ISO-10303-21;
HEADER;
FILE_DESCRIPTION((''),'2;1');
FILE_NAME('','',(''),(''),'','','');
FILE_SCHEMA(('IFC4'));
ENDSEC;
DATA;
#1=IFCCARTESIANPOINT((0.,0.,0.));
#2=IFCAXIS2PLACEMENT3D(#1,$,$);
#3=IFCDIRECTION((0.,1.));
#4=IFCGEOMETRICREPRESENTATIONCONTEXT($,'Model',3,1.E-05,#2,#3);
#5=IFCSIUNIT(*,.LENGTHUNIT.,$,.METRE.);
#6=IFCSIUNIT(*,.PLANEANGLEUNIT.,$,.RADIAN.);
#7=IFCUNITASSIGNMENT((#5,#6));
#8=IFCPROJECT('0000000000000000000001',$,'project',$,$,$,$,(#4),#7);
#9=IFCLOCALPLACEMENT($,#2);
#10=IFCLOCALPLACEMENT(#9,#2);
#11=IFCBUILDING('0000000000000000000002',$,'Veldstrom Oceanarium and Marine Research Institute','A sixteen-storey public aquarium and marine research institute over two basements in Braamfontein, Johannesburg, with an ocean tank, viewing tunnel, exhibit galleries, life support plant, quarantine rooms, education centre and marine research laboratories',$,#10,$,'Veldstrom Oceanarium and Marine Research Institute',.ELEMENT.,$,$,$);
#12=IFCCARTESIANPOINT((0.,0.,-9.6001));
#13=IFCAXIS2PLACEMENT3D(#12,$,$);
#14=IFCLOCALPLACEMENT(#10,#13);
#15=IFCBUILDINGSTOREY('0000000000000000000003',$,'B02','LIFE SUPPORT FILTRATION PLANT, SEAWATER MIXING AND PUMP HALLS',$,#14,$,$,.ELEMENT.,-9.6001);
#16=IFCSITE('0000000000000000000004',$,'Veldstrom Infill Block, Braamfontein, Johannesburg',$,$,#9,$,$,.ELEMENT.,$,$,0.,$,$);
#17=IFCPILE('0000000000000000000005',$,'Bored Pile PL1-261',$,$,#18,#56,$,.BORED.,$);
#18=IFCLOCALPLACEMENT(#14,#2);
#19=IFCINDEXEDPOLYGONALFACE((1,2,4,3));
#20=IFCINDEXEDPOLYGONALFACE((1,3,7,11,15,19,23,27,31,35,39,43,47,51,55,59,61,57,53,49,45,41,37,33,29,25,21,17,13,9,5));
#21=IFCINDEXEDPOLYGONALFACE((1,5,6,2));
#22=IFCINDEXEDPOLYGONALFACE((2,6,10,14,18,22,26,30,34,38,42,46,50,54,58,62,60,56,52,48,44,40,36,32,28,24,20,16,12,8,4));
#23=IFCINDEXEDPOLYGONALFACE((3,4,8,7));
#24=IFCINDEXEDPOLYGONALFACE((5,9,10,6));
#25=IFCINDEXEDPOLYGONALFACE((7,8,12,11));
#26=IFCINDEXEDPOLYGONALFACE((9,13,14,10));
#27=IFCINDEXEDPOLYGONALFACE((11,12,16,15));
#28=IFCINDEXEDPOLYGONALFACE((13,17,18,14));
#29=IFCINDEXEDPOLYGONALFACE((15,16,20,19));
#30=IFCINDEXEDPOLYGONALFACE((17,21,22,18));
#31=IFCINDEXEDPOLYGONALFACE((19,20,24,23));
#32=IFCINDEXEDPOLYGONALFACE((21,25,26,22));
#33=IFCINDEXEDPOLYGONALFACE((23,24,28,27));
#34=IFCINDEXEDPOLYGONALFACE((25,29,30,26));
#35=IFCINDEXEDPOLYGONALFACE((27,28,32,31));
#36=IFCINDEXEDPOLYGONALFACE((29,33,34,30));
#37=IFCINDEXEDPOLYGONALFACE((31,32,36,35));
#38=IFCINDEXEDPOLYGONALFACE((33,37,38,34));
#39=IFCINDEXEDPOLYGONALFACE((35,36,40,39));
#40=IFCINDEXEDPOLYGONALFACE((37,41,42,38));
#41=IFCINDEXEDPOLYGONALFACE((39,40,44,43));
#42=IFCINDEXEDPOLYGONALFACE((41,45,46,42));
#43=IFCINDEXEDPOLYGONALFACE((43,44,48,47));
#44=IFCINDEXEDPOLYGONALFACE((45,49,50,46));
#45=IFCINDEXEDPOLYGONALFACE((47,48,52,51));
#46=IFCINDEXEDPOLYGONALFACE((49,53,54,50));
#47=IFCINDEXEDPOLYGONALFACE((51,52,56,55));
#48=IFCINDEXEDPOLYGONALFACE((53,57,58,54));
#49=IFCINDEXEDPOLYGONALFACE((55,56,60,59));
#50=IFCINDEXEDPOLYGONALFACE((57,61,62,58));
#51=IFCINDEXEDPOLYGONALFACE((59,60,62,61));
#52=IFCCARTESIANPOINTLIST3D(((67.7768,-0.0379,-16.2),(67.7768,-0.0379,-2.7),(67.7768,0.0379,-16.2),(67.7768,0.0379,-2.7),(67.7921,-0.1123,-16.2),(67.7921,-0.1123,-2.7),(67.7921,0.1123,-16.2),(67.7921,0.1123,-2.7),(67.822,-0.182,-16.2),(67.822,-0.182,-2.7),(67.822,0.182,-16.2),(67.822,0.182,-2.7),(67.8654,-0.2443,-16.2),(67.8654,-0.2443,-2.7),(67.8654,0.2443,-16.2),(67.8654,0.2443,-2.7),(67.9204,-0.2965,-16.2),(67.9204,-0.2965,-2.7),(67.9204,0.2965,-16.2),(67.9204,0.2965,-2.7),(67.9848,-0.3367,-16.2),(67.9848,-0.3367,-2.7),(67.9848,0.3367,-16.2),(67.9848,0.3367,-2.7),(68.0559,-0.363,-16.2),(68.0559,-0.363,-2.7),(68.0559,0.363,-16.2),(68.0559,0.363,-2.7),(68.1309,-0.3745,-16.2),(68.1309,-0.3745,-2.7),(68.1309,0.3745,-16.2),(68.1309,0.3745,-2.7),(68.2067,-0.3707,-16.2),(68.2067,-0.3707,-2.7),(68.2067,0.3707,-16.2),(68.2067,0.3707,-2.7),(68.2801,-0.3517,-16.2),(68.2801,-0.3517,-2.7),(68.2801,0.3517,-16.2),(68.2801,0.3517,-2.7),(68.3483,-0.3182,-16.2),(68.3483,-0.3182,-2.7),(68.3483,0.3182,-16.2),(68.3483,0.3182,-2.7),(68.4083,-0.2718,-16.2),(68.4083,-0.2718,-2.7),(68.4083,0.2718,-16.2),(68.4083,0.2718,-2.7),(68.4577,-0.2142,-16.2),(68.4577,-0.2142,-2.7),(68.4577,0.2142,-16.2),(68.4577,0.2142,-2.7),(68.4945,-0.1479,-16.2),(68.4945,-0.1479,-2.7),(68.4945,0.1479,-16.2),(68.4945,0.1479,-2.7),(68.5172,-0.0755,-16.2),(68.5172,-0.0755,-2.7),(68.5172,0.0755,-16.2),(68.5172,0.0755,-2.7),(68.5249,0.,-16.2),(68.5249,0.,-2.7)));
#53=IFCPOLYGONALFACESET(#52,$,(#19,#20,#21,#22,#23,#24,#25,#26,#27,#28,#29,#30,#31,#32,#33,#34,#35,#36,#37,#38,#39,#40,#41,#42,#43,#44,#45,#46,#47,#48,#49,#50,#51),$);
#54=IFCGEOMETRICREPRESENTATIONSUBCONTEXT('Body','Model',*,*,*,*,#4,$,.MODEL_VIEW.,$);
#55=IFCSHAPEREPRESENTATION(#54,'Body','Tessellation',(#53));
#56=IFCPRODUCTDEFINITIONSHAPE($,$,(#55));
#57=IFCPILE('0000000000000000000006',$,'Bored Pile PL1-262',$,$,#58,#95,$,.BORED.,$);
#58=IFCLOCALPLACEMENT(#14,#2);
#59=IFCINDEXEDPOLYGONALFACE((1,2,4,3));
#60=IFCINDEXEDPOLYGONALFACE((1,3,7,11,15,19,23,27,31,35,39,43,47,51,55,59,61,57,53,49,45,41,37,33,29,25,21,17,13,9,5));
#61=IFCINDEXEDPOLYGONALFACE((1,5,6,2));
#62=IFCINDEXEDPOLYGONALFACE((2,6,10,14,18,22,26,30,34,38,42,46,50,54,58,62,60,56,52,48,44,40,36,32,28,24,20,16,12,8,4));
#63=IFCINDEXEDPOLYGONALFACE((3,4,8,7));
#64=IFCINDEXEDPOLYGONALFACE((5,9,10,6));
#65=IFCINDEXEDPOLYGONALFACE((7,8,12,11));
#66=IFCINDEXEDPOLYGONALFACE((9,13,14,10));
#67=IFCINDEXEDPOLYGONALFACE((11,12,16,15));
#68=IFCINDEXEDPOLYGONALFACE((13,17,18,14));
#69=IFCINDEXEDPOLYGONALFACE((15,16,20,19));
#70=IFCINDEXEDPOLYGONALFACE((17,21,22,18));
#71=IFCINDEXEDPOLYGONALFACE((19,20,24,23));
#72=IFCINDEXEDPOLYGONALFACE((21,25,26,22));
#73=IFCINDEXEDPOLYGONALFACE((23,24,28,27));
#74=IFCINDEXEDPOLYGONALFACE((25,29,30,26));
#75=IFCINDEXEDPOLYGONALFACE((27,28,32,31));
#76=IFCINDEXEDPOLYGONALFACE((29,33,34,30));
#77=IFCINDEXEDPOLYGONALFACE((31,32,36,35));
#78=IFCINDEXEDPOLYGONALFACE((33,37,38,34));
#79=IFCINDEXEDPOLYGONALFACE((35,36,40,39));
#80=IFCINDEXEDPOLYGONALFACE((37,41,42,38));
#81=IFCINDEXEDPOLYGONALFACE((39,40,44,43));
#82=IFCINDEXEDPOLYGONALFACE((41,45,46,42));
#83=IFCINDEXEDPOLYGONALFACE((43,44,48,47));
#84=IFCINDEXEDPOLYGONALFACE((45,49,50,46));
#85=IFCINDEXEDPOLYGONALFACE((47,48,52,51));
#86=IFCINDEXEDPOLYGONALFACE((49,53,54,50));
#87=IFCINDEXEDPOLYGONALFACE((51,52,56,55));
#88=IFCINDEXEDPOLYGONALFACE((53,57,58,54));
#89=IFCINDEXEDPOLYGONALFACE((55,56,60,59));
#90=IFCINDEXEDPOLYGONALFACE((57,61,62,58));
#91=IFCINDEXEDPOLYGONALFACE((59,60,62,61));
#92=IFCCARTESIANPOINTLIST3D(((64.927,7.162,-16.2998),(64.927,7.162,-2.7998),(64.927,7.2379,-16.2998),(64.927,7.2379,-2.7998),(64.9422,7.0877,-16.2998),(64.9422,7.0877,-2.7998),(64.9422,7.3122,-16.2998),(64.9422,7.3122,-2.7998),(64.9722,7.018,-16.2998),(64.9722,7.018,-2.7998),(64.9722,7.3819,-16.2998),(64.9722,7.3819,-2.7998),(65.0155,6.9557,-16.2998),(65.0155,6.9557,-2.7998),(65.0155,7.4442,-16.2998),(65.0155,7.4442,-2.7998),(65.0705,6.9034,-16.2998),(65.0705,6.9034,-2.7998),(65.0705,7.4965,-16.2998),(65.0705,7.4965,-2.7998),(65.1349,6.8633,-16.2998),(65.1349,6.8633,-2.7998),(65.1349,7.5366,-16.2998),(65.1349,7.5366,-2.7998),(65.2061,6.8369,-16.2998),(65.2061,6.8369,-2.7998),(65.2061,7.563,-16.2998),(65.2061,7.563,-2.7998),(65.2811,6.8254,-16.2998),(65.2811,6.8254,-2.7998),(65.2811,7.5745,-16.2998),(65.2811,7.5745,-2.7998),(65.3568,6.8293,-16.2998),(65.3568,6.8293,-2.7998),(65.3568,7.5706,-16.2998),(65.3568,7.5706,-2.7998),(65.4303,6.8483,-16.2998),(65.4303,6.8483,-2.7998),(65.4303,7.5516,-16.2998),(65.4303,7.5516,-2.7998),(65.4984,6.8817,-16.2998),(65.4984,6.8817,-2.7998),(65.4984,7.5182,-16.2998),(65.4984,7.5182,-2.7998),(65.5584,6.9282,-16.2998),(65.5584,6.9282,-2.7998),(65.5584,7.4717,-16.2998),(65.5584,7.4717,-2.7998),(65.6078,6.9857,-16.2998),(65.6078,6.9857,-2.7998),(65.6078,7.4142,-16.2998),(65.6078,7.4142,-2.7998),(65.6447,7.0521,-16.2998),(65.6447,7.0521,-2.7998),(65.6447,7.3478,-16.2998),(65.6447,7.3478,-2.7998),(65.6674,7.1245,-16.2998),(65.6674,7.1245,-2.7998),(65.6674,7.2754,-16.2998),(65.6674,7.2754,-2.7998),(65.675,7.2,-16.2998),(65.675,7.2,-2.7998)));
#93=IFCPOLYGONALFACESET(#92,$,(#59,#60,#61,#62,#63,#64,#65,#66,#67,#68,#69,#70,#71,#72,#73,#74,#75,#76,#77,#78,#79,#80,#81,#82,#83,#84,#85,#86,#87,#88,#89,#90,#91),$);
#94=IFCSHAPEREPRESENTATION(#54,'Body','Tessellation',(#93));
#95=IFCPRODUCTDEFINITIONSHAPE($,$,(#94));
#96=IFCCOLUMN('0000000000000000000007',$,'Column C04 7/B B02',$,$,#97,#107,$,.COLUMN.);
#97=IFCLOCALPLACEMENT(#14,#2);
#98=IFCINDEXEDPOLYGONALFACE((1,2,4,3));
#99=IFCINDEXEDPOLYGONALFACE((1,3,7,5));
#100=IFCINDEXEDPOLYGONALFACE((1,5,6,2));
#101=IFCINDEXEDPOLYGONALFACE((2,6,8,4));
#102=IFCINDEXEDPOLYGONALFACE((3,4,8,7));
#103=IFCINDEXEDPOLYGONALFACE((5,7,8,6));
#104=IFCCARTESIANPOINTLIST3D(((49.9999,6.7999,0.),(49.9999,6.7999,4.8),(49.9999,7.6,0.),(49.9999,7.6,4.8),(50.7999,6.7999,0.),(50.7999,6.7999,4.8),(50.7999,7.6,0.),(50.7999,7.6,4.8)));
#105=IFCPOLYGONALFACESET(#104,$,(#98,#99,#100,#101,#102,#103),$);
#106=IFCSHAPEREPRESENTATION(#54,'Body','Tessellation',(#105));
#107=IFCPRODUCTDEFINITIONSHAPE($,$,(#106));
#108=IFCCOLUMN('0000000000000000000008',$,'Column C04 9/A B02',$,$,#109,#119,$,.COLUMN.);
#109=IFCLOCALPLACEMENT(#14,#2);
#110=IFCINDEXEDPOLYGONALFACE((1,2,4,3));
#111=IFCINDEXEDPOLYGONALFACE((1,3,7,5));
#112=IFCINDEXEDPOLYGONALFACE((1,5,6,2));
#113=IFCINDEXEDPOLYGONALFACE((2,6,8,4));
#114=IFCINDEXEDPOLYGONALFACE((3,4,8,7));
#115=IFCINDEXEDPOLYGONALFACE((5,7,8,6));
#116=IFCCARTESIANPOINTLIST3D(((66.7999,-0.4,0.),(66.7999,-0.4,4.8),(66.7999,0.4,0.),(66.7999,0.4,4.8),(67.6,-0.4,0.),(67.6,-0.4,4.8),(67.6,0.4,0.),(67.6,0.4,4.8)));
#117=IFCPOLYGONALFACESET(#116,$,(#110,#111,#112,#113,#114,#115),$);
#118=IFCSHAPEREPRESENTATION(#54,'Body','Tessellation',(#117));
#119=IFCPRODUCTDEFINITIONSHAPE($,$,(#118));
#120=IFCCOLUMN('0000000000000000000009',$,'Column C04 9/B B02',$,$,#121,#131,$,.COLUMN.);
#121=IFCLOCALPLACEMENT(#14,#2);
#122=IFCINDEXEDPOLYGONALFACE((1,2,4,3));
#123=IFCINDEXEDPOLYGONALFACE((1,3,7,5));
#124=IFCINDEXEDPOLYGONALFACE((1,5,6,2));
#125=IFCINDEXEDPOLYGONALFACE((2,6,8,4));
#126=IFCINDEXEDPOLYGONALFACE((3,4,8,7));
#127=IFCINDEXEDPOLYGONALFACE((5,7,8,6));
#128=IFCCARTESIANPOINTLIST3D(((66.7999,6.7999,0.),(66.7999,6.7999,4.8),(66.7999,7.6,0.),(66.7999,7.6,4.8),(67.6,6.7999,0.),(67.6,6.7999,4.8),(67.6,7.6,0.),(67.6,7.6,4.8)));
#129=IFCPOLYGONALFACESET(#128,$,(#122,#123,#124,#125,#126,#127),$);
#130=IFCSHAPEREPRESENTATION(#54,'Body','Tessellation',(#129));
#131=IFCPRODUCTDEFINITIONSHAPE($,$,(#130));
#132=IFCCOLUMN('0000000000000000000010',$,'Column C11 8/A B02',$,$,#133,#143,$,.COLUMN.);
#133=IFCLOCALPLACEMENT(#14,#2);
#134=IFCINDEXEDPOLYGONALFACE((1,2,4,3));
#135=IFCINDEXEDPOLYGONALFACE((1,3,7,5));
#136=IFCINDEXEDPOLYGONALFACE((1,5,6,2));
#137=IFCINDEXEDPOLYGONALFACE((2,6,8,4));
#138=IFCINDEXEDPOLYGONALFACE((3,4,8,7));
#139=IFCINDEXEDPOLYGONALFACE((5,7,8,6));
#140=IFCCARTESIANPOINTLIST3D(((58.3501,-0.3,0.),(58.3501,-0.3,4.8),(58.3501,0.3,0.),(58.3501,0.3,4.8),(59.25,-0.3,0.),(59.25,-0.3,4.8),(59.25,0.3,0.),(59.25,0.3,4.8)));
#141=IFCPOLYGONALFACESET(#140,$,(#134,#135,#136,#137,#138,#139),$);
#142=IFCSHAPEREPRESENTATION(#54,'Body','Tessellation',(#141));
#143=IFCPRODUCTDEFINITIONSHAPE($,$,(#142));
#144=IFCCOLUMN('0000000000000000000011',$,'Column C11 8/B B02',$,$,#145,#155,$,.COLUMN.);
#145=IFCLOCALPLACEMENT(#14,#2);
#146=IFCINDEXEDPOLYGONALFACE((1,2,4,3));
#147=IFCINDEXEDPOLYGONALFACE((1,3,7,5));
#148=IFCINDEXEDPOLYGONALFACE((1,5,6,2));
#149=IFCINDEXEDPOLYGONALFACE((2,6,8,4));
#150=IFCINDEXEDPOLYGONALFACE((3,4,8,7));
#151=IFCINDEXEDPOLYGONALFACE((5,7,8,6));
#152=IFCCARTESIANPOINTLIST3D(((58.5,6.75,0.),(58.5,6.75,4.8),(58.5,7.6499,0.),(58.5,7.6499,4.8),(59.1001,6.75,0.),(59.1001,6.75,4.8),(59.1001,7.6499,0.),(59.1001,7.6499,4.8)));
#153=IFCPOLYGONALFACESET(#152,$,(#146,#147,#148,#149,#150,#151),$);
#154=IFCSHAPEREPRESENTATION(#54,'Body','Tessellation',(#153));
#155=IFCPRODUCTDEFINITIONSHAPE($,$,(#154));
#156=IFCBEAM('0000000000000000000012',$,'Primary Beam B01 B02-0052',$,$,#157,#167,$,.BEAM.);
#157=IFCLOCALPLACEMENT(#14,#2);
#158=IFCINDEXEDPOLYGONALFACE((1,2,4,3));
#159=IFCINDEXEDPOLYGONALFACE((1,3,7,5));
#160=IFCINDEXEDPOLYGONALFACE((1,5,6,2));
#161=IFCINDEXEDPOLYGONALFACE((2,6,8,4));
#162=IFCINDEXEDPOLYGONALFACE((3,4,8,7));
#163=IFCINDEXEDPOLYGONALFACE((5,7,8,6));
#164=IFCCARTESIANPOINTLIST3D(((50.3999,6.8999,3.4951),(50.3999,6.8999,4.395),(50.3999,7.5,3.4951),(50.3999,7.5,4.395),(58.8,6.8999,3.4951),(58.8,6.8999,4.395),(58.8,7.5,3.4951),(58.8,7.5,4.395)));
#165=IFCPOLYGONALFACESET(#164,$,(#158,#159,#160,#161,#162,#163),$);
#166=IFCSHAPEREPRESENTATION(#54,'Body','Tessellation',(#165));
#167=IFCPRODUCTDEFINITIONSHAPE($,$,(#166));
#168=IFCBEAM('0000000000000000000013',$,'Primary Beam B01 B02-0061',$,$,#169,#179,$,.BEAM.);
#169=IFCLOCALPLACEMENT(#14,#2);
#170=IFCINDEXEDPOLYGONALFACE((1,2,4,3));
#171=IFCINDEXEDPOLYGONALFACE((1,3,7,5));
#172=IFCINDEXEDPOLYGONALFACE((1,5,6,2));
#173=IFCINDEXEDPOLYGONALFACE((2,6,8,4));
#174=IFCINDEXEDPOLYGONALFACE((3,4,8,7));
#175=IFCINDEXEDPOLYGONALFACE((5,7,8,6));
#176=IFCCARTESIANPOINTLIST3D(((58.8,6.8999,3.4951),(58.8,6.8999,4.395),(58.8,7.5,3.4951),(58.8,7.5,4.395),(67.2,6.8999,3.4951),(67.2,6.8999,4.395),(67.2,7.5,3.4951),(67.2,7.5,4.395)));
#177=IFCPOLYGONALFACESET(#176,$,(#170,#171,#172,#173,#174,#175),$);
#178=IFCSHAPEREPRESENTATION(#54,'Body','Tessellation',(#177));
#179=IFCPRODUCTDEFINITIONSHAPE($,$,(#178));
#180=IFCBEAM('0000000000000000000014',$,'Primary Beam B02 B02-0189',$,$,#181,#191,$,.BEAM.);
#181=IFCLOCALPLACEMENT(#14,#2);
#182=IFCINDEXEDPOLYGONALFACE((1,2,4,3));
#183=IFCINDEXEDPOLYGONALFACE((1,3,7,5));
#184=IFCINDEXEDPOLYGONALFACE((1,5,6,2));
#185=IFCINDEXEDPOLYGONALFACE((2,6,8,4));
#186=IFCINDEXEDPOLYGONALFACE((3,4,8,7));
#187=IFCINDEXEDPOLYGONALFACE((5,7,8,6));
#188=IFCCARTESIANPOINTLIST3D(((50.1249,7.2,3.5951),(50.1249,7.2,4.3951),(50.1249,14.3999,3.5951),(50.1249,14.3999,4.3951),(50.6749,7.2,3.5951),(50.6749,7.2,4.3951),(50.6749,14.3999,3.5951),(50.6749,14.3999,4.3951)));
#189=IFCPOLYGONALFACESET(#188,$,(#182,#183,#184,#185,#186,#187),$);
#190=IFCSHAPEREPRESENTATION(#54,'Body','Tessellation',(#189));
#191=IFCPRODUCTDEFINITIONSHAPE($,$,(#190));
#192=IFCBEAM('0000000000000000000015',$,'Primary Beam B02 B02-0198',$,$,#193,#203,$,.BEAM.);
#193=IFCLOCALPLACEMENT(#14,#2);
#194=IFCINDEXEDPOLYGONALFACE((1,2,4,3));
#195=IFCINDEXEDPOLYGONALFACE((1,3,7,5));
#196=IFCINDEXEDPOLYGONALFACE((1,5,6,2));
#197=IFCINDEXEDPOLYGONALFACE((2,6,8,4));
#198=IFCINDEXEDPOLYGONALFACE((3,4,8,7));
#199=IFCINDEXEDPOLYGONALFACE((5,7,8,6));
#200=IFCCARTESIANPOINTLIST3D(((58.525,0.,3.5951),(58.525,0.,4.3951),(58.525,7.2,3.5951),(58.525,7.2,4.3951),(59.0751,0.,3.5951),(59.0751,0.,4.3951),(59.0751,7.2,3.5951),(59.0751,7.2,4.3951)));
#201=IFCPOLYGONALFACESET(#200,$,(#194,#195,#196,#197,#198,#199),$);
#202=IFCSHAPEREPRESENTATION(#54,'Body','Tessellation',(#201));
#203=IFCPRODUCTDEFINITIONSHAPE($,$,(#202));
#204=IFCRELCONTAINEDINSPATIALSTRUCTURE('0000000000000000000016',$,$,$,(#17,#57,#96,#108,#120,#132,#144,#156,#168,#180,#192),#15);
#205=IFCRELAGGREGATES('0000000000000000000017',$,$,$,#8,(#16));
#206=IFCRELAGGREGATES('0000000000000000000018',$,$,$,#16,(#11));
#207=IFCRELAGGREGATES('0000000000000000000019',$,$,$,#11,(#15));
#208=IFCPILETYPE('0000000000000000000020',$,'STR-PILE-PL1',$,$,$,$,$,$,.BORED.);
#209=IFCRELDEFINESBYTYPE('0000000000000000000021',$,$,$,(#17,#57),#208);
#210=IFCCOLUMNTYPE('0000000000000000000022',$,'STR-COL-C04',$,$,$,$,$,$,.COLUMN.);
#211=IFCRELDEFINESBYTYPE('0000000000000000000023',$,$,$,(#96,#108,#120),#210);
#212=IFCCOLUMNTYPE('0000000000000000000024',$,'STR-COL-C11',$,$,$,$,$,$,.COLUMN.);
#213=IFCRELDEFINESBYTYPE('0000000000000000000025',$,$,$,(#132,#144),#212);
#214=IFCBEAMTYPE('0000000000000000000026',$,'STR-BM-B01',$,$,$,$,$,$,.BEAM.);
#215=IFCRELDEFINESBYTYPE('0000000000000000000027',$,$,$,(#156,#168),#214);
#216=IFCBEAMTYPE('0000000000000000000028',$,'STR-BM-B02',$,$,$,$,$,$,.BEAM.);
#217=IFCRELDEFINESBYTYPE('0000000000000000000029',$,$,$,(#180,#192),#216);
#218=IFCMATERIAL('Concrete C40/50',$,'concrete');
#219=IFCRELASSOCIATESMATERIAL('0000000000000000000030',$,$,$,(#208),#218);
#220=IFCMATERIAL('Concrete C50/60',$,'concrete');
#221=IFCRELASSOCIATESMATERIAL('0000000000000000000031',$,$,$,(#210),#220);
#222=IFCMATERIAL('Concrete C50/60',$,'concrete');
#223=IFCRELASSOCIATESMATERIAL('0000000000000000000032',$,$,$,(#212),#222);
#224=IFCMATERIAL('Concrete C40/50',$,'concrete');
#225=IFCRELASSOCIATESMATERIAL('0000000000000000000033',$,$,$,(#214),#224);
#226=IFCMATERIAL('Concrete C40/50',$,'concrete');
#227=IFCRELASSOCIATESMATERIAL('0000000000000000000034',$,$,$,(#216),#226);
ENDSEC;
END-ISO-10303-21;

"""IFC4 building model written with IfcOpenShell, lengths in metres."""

from ifc_helpers import new_model, si_unit, direction, frame, origin, origin_2d, place, context, subcontext, project, spatial, rectangle, circle, extrude, material, material_profile, profile_set, type_object, element, save


model = new_model("IFC4")

# Units and contexts
model_context = context("Model", 3, precision=1e-05, world=origin(), true_north=direction((0.0, 1.0)))
body_context = subcontext(model_context, "Body", "Model", "MODEL_VIEW")
ifc_project = project(units=[si_unit("LENGTHUNIT", "METRE"), si_unit("PLANEANGLEUNIT", "RADIAN")], contexts=[model_context])

# Site, building, storey
site_placement = place(None, origin())
site = spatial("IfcSite", under=ifc_project, at=site_placement, Name="Veldstrom Infill Block, Braamfontein, Johannesburg", CompositionType="ELEMENT", RefElevation=0.0)
building_placement = place(site_placement, origin())
building = spatial("IfcBuilding", under=site, at=building_placement, Name="Veldstrom Oceanarium and Marine Research Institute", Description="A sixteen-storey public aquarium and marine research institute over two basements in Braamfontein, Johannesburg, with an ocean tank, viewing tunnel, exhibit galleries, life support plant, quarantine rooms, education centre and marine research laboratories", LongName="Veldstrom Oceanarium and Marine Research Institute", CompositionType="ELEMENT")
storey_placement = place(building_placement, frame((0.0, 0.0, -9.6001)))
storey = spatial("IfcBuildingStorey", under=building, at=storey_placement, Name="B02", Description="LIFE SUPPORT FILTRATION PLANT, SEAWATER MIXING AND PUMP HALLS", CompositionType="ELEMENT", Elevation=-9.6001)

# Piles
ifc_material_1 = material(Name="Concrete C40/50", Category="concrete")
ifc_material_profile_1 = material_profile(ifc_material_1, circle(Radius=0.375, at=origin_2d()), Name="PILE-D750")
ifc_profile_set_1 = profile_set([ifc_material_profile_1], Name="Concrete C40/50")
pile_type = type_object("IfcPileType", Name="STR-PILE-PL1", PredefinedType="BORED", material=ifc_profile_set_1)
for number, where, z_axis, x_axis, name in (
    (1, (68.1499, 0.0, -2.7), (0.0, 0.0, -1.0), (1.0, 0.0, 0.0), "Bored Pile PL1-261"),
    (2, (65.3, 7.2, -2.7998), (0.0, 0.0, -1.0), (1.0, 0.0, 0.0), "Bored Pile PL1-262"),
):
    element("IfcPile", number, at=place(storey_placement, frame(where, z_axis=z_axis, x_axis=x_axis)), inside=storey, type_object=pile_type, Name=name, PredefinedType="BORED", context=body_context, shape_type="SweptSolid", body=[
        extrude(circle(Radius=0.375, at=origin_2d()), origin(), (0.0, 0.0, 1.0), 13.5),
    ])

# Columns
ifc_material_2 = material(Name="Concrete C50/60", Category="concrete")
ifc_material_profile_2 = material_profile(ifc_material_2, rectangle(XDim=0.8, YDim=0.8, at=origin_2d()), Name="RC-COL-800x800")
ifc_profile_set_2 = profile_set([ifc_material_profile_2], Name="Concrete C50/60")
column_type_1 = type_object("IfcColumnType", Name="STR-COL-C04", PredefinedType="COLUMN", material=ifc_profile_set_2)
for number, where, z_axis, x_axis, name in (
    (3, (50.3999, 7.2, 0.0), (0.0, 0.0, 1.0), (1.0, 0.0, 0.0), "Column C04 7/B B02"),
    (4, (67.2, 0.0, 0.0), (0.0, 0.0, 1.0), (1.0, 0.0, 0.0), "Column C04 9/A B02"),
    (5, (67.2, 7.2, 0.0), (0.0, 0.0, 1.0), (1.0, 0.0, 0.0), "Column C04 9/B B02"),
):
    element("IfcColumn", number, at=place(storey_placement, frame(where, z_axis=z_axis, x_axis=x_axis)), inside=storey, type_object=column_type_1, Name=name, PredefinedType="COLUMN", context=body_context, shape_type="SweptSolid", body=[
        extrude(rectangle(XDim=0.8, YDim=0.8, at=origin_2d()), origin(), (0.0, 0.0, 1.0), 4.8),
    ])
ifc_material_3 = material(Name="Concrete C50/60", Category="concrete")
ifc_material_profile_3 = material_profile(ifc_material_3, rectangle(XDim=0.6001, YDim=0.8999, at=origin_2d()), Name="RC-COL-900x600")
ifc_profile_set_3 = profile_set([ifc_material_profile_3], Name="Concrete C50/60")
column_type_2 = type_object("IfcColumnType", Name="STR-COL-C11", PredefinedType="COLUMN", material=ifc_profile_set_3)
for number, where, z_axis, x_axis, name in (
    (6, (58.8, 0.0, 0.0), (0.0, 0.0, 1.0), (0.0, 1.0, 0.0), "Column C11 8/A B02"),
    (7, (58.8, 7.2, 0.0), (0.0, 0.0, 1.0), (1.0, 0.0, 0.0), "Column C11 8/B B02"),
):
    element("IfcColumn", number, at=place(storey_placement, frame(where, z_axis=z_axis, x_axis=x_axis)), inside=storey, type_object=column_type_2, Name=name, PredefinedType="COLUMN", context=body_context, shape_type="SweptSolid", body=[
        extrude(rectangle(XDim=0.6001, YDim=0.8999, at=origin_2d()), origin(), (0.0, 0.0, 1.0), 4.8),
    ])

# Beams
ifc_material_4 = material(Name="Concrete C40/50", Category="concrete")
ifc_material_profile_4 = material_profile(ifc_material_4, rectangle(XDim=0.6001, YDim=0.8999, at=origin_2d()), Name="RC-BM-600x900")
ifc_profile_set_4 = profile_set([ifc_material_profile_4], Name="Concrete C40/50")
beam_type_1 = type_object("IfcBeamType", Name="STR-BM-B01", PredefinedType="BEAM", material=ifc_profile_set_4)
beam_1_placement = place(storey_placement, frame((50.3999, 7.2, 3.9451), z_axis=(1.0, 0.0, 0.0), x_axis=(0.0, 1.0, 0.0)))
element("IfcBeam", 8, at=beam_1_placement, inside=storey, type_object=beam_type_1, Name="Primary Beam B01 B02-0052", PredefinedType="BEAM", context=body_context, shape_type="SweptSolid", body=[
    extrude(rectangle(XDim=0.6001, YDim=0.8999, at=origin_2d()), origin(), (0.0, 0.0, 1.0), 8.4001),
])
beam_2_placement = place(storey_placement, frame((58.8, 7.2, 3.9451), z_axis=(1.0, 0.0, 0.0), x_axis=(0.0, 1.0, 0.0)))
element("IfcBeam", 9, at=beam_2_placement, inside=storey, type_object=beam_type_1, Name="Primary Beam B01 B02-0061", PredefinedType="BEAM", context=body_context, shape_type="SweptSolid", body=[
    extrude(rectangle(XDim=0.6001, YDim=0.8999, at=origin_2d()), origin(), (0.0, 0.0, 1.0), 8.3999),
])
ifc_material_5 = material(Name="Concrete C40/50", Category="concrete")
ifc_material_profile_5 = material_profile(ifc_material_5, rectangle(XDim=0.55, YDim=0.8, at=origin_2d()), Name="RC-BM-550x800")
ifc_profile_set_5 = profile_set([ifc_material_profile_5], Name="Concrete C40/50")
beam_type_2 = type_object("IfcBeamType", Name="STR-BM-B02", PredefinedType="BEAM", material=ifc_profile_set_5)
for number, where, z_axis, x_axis, name in (
    (10, (50.3999, 7.2, 3.9951), (0.0, 1.0, 0.0), (-1.0, 0.0, 0.0), "Primary Beam B02 B02-0189"),
    (11, (58.8, 0.0, 3.9951), (0.0, 1.0, 0.0), (-1.0, 0.0, 0.0), "Primary Beam B02 B02-0198"),
):
    element("IfcBeam", number, at=place(storey_placement, frame(where, z_axis=z_axis, x_axis=x_axis)), inside=storey, type_object=beam_type_2, Name=name, PredefinedType="BEAM", context=body_context, shape_type="SweptSolid", body=[
        extrude(rectangle(XDim=0.55, YDim=0.8, at=origin_2d()), origin(), (0.0, 0.0, 1.0), 7.2),
    ])

save(model, "model.ifc")
